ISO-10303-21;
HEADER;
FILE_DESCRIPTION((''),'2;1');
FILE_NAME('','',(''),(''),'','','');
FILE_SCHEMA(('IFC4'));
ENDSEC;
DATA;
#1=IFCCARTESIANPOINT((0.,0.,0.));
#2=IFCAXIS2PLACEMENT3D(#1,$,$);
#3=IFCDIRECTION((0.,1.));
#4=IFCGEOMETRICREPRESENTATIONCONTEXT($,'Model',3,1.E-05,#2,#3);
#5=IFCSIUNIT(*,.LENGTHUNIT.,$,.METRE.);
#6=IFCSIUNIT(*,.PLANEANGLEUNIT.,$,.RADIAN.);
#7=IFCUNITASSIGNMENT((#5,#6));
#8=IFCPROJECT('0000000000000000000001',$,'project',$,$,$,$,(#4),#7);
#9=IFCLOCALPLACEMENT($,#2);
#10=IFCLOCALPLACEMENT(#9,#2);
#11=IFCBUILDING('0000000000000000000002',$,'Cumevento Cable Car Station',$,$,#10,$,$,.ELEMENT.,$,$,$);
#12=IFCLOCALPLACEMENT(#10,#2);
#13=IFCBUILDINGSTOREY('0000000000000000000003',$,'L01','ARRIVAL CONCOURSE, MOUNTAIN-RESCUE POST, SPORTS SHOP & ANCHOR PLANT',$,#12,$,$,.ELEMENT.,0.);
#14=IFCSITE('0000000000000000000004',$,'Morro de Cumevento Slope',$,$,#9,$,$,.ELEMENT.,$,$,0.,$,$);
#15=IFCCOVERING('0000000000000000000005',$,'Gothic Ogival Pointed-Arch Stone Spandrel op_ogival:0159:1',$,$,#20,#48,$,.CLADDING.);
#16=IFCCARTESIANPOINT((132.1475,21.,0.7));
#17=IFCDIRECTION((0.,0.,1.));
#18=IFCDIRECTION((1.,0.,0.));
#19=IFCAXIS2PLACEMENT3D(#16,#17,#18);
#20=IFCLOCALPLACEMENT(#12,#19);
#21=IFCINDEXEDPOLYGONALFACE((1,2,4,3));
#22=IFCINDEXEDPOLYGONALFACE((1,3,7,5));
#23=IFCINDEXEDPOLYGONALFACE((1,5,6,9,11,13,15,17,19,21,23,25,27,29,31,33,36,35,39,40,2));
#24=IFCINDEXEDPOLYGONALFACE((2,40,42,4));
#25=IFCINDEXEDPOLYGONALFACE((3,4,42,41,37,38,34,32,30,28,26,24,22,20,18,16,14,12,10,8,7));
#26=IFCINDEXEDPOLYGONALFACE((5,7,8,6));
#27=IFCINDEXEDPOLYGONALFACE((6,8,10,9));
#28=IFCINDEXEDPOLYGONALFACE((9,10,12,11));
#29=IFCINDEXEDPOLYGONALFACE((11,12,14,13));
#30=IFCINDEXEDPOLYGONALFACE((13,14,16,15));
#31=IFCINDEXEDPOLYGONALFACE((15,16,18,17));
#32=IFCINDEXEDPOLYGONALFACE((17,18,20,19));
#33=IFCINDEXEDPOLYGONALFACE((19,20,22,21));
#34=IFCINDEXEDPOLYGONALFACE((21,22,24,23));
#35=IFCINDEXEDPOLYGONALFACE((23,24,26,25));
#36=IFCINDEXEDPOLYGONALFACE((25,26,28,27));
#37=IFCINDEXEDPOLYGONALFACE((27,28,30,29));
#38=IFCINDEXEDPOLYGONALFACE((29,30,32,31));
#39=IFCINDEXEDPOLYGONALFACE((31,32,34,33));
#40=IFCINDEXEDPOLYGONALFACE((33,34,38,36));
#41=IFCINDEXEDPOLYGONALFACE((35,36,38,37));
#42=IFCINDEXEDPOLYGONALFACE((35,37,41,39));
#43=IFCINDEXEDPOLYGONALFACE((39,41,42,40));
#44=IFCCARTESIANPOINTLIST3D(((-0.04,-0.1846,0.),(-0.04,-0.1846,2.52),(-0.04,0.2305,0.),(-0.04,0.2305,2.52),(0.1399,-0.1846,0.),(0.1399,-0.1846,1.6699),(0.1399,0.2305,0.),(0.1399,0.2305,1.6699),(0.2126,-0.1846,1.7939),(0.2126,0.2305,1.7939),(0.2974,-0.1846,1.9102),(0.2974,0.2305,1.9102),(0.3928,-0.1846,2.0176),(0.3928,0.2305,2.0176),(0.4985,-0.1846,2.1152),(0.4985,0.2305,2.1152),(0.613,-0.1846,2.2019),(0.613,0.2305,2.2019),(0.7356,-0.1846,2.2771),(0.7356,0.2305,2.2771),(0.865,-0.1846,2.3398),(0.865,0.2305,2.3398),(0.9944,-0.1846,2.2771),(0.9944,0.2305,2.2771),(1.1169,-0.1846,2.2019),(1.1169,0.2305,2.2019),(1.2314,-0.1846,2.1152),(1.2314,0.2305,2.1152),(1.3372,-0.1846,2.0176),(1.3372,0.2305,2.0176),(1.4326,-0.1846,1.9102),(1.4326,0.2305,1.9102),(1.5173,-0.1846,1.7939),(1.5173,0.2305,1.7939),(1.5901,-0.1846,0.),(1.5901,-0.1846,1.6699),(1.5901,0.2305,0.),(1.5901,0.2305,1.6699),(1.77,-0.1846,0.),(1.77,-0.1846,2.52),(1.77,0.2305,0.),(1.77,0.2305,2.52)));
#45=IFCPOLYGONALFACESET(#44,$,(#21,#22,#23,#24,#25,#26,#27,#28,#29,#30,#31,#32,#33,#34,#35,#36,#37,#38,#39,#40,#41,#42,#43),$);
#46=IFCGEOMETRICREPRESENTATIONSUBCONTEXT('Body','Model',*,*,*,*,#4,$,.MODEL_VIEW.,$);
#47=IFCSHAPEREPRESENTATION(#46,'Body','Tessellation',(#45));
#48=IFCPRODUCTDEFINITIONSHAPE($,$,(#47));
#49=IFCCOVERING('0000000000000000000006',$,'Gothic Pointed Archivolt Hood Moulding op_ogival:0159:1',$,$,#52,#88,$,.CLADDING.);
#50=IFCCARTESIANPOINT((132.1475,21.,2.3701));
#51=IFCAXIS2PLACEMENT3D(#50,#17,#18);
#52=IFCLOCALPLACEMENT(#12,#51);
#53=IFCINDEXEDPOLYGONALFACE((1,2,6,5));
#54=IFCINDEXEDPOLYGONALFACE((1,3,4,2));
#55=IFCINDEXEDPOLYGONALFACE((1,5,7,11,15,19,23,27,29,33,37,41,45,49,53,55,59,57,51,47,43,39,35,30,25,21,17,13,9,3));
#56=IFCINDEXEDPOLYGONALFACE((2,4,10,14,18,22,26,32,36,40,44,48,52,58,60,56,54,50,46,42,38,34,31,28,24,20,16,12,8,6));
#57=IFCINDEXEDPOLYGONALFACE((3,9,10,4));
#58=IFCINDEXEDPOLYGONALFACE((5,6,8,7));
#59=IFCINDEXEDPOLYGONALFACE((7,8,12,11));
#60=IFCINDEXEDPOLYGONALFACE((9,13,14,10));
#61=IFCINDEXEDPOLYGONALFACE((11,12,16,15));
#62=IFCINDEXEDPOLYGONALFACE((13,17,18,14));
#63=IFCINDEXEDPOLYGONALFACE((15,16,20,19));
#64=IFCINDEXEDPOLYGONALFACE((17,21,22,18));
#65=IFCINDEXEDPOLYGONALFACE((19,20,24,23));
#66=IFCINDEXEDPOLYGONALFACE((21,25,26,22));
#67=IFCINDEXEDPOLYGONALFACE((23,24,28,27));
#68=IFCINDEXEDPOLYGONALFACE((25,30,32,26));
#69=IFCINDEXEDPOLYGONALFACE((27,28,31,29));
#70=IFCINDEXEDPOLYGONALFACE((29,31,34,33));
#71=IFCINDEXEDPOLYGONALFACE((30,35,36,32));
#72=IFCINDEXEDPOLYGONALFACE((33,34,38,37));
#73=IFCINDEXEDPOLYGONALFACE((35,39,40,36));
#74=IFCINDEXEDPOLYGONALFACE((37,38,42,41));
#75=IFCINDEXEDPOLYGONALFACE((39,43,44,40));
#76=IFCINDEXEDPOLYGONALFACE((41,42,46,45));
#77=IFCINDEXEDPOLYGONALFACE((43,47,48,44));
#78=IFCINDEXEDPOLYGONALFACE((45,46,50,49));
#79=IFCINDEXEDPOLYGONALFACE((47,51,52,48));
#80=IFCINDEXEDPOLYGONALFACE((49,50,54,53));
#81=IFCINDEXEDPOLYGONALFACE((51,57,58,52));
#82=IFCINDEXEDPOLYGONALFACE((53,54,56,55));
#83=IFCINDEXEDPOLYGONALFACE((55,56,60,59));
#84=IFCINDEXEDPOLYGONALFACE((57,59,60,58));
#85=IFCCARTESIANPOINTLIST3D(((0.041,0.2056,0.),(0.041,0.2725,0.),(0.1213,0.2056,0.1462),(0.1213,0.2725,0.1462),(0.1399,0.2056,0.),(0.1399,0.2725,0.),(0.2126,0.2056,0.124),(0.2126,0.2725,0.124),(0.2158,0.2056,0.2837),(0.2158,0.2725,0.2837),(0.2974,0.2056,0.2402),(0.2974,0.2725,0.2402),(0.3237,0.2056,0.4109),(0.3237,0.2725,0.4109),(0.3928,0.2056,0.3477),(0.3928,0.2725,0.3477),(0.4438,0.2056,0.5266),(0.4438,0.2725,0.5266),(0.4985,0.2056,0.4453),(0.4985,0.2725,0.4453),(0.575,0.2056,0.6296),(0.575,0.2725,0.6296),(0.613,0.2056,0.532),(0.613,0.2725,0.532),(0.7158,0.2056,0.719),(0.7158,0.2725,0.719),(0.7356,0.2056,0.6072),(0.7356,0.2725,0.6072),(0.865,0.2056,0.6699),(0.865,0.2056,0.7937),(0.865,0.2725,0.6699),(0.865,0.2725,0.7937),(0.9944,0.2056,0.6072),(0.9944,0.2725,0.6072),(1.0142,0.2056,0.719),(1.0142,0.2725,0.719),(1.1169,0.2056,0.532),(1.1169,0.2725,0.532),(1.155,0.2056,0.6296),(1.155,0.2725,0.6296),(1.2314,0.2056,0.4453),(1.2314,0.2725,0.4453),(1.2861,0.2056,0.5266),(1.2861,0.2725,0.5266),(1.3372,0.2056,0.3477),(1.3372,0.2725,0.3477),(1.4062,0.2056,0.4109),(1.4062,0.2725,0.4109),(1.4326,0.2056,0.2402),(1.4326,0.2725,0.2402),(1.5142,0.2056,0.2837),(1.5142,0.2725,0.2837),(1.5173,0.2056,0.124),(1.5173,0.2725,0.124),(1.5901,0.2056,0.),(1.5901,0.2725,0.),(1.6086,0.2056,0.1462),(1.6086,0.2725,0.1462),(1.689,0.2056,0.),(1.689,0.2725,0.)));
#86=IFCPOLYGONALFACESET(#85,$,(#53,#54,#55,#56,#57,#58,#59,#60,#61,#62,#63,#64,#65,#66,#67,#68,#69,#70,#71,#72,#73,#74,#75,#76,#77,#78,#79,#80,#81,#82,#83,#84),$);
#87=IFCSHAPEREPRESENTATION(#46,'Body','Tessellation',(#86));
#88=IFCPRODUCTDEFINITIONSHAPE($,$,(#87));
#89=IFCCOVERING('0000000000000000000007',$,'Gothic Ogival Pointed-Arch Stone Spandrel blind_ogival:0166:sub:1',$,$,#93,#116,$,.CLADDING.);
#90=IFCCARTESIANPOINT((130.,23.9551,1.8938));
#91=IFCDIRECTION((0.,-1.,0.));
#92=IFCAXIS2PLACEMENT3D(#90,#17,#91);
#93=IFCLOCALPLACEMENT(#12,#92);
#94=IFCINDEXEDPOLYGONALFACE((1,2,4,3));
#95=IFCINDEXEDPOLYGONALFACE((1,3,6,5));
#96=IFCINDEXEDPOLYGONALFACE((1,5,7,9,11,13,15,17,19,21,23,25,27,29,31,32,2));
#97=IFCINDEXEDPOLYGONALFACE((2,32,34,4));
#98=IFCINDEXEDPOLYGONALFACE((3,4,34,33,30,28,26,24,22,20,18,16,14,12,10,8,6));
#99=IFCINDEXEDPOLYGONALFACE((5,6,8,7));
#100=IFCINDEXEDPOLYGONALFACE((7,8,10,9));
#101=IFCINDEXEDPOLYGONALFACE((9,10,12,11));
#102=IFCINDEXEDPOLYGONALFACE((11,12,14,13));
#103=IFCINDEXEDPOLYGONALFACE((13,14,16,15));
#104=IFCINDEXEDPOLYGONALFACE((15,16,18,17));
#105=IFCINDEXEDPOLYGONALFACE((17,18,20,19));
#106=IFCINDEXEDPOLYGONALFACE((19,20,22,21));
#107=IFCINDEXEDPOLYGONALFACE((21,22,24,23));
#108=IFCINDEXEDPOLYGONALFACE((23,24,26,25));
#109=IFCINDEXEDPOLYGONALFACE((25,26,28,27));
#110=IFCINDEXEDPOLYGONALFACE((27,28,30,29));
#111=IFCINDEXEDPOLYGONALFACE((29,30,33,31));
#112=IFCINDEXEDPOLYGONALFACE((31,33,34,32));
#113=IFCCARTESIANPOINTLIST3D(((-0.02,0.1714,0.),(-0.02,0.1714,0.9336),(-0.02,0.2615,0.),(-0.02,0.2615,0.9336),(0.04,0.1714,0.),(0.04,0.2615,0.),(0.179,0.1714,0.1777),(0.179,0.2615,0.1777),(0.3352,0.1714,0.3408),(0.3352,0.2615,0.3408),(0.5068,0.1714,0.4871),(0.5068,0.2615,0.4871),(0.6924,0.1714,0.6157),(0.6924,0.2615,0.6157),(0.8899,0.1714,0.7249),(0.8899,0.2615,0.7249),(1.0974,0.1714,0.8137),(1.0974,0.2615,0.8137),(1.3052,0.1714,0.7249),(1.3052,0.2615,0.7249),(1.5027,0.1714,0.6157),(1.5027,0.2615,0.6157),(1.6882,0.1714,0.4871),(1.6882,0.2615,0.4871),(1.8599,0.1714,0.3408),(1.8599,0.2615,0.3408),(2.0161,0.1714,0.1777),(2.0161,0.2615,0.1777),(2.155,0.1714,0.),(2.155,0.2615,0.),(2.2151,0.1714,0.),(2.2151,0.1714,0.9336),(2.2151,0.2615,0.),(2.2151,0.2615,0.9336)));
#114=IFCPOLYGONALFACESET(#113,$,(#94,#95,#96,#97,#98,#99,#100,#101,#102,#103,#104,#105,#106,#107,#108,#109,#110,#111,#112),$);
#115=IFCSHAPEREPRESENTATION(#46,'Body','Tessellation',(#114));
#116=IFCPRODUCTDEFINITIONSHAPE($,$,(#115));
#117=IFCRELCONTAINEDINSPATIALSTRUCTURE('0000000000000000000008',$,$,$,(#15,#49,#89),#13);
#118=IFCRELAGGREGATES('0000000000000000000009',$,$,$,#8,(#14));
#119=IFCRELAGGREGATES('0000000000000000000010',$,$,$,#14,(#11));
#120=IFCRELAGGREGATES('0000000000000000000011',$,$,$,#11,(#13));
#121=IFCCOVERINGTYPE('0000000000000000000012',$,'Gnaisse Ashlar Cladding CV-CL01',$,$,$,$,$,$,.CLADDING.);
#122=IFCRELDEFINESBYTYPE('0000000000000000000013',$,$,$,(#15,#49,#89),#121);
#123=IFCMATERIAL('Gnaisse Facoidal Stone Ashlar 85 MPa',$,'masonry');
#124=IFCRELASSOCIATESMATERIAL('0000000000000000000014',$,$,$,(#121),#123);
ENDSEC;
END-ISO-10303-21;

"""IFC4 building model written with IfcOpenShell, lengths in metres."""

from ifc_helpers import new_model, si_unit, direction, frame, origin, place, context, subcontext, project, spatial, polyline, outline, extrude, material, type_object, element, save


model = new_model("IFC4")

# Units and contexts
model_context = context("Model", 3, precision=1e-05, world=origin(), true_north=direction((0.0, 1.0)))
body_context = subcontext(model_context, "Body", "Model", "MODEL_VIEW")
ifc_project = project(units=[si_unit("LENGTHUNIT", "METRE"), si_unit("PLANEANGLEUNIT", "RADIAN")], contexts=[model_context])

# Site, building, storey
site_placement = place(None, origin())
site = spatial("IfcSite", under=ifc_project, at=site_placement, Name="Morro de Cumevento Slope", CompositionType="ELEMENT", RefElevation=0.0)
building_placement = place(site_placement, origin())
building = spatial("IfcBuilding", under=site, at=building_placement, Name="Cumevento Cable Car Station", CompositionType="ELEMENT")
storey_placement = place(building_placement, origin())
storey = spatial("IfcBuildingStorey", under=building, at=storey_placement, Name="L01", Description="ARRIVAL CONCOURSE, MOUNTAIN-RESCUE POST, SPORTS SHOP & ANCHOR PLANT", CompositionType="ELEMENT", Elevation=0.0)

# Coverings
ifc_material_1 = material(Name="Gnaisse Facoidal Stone Ashlar 85 MPa", Category="masonry")
covering_type = type_object("IfcCoveringType", Name="Gnaisse Ashlar Cladding CV-CL01", PredefinedType="CLADDING", material=ifc_material_1)
covering_1_placement = place(storey_placement, frame((132.1475, 21.0, 0.7), z_axis=(0.0, 0.0, 1.0), x_axis=(1.0, 0.0, 0.0)))
element("IfcCovering", 1, at=covering_1_placement, inside=storey, type_object=covering_type, Name="Gothic Ogival Pointed-Arch Stone Spandrel op_ogival:0159:1", PredefinedType="CLADDING", context=body_context, shape_type="SweptSolid", body=[
    extrude(outline(polyline([(-0.04, 0.0), (-0.04, 2.52), (1.77, 2.52), (1.77, 0.0), (1.5901, 0.0), (1.5901, 1.6699), (1.5173, 1.7939), (1.4326, 1.9102), (1.3372, 2.0176), (1.2314, 2.1152), (1.1169, 2.2019), (0.9944, 2.2771), (0.865, 2.3398), (0.7356, 2.2771), (0.613, 2.2019), (0.4985, 2.1152), (0.3928, 2.0176), (0.2974, 1.9102), (0.2126, 1.7939), (0.1399, 1.6699), (0.1399, 0.0), (-0.04, 0.0)])), frame((0.0, 0.2305, 0.0), z_axis=(0.0, -1.0, 0.0), x_axis=(1.0, 0.0, 0.0)), (0.0, 0.0, 1.0), 0.415),
])
covering_2_placement = place(storey_placement, frame((132.1475, 21.0, 2.3701), z_axis=(0.0, 0.0, 1.0), x_axis=(1.0, 0.0, 0.0)))
element("IfcCovering", 2, at=covering_2_placement, inside=storey, type_object=covering_type, Name="Gothic Pointed Archivolt Hood Moulding op_ogival:0159:1", PredefinedType="CLADDING", context=body_context, shape_type="SweptSolid", body=[
    extrude(outline(polyline([(0.1399, 0.0), (0.2126, 0.124), (0.2974, 0.2402), (0.3928, 0.3477), (0.4985, 0.4453), (0.613, 0.532), (0.7356, 0.6072), (0.865, 0.6699), (0.9944, 0.6072), (1.1169, 0.532), (1.2314, 0.4453), (1.3372, 0.3477), (1.4326, 0.2402), (1.5173, 0.124), (1.5901, 0.0), (1.689, 0.0), (1.6086, 0.1462), (1.5142, 0.2837), (1.4062, 0.4109), (1.2861, 0.5266), (1.155, 0.6296), (1.0142, 0.719), (0.865, 0.7937), (0.7158, 0.719), (0.575, 0.6296), (0.4438, 0.5266), (0.3237, 0.4109), (0.2158, 0.2837), (0.1213, 0.1462), (0.041, 0.0), (0.1399, 0.0)])), frame((0.0, 0.2725, 0.0), z_axis=(0.0, -1.0, 0.0), x_axis=(1.0, 0.0, 0.0)), (0.0, 0.0, 1.0), 0.0669),
])
covering_3_placement = place(storey_placement, frame((130.0, 23.9551, 1.8938), z_axis=(0.0, 0.0, 1.0), x_axis=(0.0, -1.0, 0.0)))
element("IfcCovering", 3, at=covering_3_placement, inside=storey, type_object=covering_type, Name="Gothic Ogival Pointed-Arch Stone Spandrel blind_ogival:0166:sub:1", PredefinedType="CLADDING", context=body_context, shape_type="SweptSolid", body=[
    extrude(outline(polyline([(-0.02, 0.0), (-0.02, 0.9336), (2.2151, 0.9336), (2.2151, 0.0), (2.155, 0.0), (2.0161, 0.1777), (1.8599, 0.3408), (1.6882, 0.4871), (1.5027, 0.6157), (1.3052, 0.7249), (1.0974, 0.8137), (0.8899, 0.7249), (0.6924, 0.6157), (0.5068, 0.4871), (0.3352, 0.3408), (0.179, 0.1777), (0.04, 0.0), (-0.02, 0.0)])), frame((0.0, 0.2615, 0.0), z_axis=(0.0, -1.0, 0.0), x_axis=(1.0, 0.0, 0.0)), (0.0, 0.0, 1.0), 0.0901),
])

save(model, "model.ifc")
